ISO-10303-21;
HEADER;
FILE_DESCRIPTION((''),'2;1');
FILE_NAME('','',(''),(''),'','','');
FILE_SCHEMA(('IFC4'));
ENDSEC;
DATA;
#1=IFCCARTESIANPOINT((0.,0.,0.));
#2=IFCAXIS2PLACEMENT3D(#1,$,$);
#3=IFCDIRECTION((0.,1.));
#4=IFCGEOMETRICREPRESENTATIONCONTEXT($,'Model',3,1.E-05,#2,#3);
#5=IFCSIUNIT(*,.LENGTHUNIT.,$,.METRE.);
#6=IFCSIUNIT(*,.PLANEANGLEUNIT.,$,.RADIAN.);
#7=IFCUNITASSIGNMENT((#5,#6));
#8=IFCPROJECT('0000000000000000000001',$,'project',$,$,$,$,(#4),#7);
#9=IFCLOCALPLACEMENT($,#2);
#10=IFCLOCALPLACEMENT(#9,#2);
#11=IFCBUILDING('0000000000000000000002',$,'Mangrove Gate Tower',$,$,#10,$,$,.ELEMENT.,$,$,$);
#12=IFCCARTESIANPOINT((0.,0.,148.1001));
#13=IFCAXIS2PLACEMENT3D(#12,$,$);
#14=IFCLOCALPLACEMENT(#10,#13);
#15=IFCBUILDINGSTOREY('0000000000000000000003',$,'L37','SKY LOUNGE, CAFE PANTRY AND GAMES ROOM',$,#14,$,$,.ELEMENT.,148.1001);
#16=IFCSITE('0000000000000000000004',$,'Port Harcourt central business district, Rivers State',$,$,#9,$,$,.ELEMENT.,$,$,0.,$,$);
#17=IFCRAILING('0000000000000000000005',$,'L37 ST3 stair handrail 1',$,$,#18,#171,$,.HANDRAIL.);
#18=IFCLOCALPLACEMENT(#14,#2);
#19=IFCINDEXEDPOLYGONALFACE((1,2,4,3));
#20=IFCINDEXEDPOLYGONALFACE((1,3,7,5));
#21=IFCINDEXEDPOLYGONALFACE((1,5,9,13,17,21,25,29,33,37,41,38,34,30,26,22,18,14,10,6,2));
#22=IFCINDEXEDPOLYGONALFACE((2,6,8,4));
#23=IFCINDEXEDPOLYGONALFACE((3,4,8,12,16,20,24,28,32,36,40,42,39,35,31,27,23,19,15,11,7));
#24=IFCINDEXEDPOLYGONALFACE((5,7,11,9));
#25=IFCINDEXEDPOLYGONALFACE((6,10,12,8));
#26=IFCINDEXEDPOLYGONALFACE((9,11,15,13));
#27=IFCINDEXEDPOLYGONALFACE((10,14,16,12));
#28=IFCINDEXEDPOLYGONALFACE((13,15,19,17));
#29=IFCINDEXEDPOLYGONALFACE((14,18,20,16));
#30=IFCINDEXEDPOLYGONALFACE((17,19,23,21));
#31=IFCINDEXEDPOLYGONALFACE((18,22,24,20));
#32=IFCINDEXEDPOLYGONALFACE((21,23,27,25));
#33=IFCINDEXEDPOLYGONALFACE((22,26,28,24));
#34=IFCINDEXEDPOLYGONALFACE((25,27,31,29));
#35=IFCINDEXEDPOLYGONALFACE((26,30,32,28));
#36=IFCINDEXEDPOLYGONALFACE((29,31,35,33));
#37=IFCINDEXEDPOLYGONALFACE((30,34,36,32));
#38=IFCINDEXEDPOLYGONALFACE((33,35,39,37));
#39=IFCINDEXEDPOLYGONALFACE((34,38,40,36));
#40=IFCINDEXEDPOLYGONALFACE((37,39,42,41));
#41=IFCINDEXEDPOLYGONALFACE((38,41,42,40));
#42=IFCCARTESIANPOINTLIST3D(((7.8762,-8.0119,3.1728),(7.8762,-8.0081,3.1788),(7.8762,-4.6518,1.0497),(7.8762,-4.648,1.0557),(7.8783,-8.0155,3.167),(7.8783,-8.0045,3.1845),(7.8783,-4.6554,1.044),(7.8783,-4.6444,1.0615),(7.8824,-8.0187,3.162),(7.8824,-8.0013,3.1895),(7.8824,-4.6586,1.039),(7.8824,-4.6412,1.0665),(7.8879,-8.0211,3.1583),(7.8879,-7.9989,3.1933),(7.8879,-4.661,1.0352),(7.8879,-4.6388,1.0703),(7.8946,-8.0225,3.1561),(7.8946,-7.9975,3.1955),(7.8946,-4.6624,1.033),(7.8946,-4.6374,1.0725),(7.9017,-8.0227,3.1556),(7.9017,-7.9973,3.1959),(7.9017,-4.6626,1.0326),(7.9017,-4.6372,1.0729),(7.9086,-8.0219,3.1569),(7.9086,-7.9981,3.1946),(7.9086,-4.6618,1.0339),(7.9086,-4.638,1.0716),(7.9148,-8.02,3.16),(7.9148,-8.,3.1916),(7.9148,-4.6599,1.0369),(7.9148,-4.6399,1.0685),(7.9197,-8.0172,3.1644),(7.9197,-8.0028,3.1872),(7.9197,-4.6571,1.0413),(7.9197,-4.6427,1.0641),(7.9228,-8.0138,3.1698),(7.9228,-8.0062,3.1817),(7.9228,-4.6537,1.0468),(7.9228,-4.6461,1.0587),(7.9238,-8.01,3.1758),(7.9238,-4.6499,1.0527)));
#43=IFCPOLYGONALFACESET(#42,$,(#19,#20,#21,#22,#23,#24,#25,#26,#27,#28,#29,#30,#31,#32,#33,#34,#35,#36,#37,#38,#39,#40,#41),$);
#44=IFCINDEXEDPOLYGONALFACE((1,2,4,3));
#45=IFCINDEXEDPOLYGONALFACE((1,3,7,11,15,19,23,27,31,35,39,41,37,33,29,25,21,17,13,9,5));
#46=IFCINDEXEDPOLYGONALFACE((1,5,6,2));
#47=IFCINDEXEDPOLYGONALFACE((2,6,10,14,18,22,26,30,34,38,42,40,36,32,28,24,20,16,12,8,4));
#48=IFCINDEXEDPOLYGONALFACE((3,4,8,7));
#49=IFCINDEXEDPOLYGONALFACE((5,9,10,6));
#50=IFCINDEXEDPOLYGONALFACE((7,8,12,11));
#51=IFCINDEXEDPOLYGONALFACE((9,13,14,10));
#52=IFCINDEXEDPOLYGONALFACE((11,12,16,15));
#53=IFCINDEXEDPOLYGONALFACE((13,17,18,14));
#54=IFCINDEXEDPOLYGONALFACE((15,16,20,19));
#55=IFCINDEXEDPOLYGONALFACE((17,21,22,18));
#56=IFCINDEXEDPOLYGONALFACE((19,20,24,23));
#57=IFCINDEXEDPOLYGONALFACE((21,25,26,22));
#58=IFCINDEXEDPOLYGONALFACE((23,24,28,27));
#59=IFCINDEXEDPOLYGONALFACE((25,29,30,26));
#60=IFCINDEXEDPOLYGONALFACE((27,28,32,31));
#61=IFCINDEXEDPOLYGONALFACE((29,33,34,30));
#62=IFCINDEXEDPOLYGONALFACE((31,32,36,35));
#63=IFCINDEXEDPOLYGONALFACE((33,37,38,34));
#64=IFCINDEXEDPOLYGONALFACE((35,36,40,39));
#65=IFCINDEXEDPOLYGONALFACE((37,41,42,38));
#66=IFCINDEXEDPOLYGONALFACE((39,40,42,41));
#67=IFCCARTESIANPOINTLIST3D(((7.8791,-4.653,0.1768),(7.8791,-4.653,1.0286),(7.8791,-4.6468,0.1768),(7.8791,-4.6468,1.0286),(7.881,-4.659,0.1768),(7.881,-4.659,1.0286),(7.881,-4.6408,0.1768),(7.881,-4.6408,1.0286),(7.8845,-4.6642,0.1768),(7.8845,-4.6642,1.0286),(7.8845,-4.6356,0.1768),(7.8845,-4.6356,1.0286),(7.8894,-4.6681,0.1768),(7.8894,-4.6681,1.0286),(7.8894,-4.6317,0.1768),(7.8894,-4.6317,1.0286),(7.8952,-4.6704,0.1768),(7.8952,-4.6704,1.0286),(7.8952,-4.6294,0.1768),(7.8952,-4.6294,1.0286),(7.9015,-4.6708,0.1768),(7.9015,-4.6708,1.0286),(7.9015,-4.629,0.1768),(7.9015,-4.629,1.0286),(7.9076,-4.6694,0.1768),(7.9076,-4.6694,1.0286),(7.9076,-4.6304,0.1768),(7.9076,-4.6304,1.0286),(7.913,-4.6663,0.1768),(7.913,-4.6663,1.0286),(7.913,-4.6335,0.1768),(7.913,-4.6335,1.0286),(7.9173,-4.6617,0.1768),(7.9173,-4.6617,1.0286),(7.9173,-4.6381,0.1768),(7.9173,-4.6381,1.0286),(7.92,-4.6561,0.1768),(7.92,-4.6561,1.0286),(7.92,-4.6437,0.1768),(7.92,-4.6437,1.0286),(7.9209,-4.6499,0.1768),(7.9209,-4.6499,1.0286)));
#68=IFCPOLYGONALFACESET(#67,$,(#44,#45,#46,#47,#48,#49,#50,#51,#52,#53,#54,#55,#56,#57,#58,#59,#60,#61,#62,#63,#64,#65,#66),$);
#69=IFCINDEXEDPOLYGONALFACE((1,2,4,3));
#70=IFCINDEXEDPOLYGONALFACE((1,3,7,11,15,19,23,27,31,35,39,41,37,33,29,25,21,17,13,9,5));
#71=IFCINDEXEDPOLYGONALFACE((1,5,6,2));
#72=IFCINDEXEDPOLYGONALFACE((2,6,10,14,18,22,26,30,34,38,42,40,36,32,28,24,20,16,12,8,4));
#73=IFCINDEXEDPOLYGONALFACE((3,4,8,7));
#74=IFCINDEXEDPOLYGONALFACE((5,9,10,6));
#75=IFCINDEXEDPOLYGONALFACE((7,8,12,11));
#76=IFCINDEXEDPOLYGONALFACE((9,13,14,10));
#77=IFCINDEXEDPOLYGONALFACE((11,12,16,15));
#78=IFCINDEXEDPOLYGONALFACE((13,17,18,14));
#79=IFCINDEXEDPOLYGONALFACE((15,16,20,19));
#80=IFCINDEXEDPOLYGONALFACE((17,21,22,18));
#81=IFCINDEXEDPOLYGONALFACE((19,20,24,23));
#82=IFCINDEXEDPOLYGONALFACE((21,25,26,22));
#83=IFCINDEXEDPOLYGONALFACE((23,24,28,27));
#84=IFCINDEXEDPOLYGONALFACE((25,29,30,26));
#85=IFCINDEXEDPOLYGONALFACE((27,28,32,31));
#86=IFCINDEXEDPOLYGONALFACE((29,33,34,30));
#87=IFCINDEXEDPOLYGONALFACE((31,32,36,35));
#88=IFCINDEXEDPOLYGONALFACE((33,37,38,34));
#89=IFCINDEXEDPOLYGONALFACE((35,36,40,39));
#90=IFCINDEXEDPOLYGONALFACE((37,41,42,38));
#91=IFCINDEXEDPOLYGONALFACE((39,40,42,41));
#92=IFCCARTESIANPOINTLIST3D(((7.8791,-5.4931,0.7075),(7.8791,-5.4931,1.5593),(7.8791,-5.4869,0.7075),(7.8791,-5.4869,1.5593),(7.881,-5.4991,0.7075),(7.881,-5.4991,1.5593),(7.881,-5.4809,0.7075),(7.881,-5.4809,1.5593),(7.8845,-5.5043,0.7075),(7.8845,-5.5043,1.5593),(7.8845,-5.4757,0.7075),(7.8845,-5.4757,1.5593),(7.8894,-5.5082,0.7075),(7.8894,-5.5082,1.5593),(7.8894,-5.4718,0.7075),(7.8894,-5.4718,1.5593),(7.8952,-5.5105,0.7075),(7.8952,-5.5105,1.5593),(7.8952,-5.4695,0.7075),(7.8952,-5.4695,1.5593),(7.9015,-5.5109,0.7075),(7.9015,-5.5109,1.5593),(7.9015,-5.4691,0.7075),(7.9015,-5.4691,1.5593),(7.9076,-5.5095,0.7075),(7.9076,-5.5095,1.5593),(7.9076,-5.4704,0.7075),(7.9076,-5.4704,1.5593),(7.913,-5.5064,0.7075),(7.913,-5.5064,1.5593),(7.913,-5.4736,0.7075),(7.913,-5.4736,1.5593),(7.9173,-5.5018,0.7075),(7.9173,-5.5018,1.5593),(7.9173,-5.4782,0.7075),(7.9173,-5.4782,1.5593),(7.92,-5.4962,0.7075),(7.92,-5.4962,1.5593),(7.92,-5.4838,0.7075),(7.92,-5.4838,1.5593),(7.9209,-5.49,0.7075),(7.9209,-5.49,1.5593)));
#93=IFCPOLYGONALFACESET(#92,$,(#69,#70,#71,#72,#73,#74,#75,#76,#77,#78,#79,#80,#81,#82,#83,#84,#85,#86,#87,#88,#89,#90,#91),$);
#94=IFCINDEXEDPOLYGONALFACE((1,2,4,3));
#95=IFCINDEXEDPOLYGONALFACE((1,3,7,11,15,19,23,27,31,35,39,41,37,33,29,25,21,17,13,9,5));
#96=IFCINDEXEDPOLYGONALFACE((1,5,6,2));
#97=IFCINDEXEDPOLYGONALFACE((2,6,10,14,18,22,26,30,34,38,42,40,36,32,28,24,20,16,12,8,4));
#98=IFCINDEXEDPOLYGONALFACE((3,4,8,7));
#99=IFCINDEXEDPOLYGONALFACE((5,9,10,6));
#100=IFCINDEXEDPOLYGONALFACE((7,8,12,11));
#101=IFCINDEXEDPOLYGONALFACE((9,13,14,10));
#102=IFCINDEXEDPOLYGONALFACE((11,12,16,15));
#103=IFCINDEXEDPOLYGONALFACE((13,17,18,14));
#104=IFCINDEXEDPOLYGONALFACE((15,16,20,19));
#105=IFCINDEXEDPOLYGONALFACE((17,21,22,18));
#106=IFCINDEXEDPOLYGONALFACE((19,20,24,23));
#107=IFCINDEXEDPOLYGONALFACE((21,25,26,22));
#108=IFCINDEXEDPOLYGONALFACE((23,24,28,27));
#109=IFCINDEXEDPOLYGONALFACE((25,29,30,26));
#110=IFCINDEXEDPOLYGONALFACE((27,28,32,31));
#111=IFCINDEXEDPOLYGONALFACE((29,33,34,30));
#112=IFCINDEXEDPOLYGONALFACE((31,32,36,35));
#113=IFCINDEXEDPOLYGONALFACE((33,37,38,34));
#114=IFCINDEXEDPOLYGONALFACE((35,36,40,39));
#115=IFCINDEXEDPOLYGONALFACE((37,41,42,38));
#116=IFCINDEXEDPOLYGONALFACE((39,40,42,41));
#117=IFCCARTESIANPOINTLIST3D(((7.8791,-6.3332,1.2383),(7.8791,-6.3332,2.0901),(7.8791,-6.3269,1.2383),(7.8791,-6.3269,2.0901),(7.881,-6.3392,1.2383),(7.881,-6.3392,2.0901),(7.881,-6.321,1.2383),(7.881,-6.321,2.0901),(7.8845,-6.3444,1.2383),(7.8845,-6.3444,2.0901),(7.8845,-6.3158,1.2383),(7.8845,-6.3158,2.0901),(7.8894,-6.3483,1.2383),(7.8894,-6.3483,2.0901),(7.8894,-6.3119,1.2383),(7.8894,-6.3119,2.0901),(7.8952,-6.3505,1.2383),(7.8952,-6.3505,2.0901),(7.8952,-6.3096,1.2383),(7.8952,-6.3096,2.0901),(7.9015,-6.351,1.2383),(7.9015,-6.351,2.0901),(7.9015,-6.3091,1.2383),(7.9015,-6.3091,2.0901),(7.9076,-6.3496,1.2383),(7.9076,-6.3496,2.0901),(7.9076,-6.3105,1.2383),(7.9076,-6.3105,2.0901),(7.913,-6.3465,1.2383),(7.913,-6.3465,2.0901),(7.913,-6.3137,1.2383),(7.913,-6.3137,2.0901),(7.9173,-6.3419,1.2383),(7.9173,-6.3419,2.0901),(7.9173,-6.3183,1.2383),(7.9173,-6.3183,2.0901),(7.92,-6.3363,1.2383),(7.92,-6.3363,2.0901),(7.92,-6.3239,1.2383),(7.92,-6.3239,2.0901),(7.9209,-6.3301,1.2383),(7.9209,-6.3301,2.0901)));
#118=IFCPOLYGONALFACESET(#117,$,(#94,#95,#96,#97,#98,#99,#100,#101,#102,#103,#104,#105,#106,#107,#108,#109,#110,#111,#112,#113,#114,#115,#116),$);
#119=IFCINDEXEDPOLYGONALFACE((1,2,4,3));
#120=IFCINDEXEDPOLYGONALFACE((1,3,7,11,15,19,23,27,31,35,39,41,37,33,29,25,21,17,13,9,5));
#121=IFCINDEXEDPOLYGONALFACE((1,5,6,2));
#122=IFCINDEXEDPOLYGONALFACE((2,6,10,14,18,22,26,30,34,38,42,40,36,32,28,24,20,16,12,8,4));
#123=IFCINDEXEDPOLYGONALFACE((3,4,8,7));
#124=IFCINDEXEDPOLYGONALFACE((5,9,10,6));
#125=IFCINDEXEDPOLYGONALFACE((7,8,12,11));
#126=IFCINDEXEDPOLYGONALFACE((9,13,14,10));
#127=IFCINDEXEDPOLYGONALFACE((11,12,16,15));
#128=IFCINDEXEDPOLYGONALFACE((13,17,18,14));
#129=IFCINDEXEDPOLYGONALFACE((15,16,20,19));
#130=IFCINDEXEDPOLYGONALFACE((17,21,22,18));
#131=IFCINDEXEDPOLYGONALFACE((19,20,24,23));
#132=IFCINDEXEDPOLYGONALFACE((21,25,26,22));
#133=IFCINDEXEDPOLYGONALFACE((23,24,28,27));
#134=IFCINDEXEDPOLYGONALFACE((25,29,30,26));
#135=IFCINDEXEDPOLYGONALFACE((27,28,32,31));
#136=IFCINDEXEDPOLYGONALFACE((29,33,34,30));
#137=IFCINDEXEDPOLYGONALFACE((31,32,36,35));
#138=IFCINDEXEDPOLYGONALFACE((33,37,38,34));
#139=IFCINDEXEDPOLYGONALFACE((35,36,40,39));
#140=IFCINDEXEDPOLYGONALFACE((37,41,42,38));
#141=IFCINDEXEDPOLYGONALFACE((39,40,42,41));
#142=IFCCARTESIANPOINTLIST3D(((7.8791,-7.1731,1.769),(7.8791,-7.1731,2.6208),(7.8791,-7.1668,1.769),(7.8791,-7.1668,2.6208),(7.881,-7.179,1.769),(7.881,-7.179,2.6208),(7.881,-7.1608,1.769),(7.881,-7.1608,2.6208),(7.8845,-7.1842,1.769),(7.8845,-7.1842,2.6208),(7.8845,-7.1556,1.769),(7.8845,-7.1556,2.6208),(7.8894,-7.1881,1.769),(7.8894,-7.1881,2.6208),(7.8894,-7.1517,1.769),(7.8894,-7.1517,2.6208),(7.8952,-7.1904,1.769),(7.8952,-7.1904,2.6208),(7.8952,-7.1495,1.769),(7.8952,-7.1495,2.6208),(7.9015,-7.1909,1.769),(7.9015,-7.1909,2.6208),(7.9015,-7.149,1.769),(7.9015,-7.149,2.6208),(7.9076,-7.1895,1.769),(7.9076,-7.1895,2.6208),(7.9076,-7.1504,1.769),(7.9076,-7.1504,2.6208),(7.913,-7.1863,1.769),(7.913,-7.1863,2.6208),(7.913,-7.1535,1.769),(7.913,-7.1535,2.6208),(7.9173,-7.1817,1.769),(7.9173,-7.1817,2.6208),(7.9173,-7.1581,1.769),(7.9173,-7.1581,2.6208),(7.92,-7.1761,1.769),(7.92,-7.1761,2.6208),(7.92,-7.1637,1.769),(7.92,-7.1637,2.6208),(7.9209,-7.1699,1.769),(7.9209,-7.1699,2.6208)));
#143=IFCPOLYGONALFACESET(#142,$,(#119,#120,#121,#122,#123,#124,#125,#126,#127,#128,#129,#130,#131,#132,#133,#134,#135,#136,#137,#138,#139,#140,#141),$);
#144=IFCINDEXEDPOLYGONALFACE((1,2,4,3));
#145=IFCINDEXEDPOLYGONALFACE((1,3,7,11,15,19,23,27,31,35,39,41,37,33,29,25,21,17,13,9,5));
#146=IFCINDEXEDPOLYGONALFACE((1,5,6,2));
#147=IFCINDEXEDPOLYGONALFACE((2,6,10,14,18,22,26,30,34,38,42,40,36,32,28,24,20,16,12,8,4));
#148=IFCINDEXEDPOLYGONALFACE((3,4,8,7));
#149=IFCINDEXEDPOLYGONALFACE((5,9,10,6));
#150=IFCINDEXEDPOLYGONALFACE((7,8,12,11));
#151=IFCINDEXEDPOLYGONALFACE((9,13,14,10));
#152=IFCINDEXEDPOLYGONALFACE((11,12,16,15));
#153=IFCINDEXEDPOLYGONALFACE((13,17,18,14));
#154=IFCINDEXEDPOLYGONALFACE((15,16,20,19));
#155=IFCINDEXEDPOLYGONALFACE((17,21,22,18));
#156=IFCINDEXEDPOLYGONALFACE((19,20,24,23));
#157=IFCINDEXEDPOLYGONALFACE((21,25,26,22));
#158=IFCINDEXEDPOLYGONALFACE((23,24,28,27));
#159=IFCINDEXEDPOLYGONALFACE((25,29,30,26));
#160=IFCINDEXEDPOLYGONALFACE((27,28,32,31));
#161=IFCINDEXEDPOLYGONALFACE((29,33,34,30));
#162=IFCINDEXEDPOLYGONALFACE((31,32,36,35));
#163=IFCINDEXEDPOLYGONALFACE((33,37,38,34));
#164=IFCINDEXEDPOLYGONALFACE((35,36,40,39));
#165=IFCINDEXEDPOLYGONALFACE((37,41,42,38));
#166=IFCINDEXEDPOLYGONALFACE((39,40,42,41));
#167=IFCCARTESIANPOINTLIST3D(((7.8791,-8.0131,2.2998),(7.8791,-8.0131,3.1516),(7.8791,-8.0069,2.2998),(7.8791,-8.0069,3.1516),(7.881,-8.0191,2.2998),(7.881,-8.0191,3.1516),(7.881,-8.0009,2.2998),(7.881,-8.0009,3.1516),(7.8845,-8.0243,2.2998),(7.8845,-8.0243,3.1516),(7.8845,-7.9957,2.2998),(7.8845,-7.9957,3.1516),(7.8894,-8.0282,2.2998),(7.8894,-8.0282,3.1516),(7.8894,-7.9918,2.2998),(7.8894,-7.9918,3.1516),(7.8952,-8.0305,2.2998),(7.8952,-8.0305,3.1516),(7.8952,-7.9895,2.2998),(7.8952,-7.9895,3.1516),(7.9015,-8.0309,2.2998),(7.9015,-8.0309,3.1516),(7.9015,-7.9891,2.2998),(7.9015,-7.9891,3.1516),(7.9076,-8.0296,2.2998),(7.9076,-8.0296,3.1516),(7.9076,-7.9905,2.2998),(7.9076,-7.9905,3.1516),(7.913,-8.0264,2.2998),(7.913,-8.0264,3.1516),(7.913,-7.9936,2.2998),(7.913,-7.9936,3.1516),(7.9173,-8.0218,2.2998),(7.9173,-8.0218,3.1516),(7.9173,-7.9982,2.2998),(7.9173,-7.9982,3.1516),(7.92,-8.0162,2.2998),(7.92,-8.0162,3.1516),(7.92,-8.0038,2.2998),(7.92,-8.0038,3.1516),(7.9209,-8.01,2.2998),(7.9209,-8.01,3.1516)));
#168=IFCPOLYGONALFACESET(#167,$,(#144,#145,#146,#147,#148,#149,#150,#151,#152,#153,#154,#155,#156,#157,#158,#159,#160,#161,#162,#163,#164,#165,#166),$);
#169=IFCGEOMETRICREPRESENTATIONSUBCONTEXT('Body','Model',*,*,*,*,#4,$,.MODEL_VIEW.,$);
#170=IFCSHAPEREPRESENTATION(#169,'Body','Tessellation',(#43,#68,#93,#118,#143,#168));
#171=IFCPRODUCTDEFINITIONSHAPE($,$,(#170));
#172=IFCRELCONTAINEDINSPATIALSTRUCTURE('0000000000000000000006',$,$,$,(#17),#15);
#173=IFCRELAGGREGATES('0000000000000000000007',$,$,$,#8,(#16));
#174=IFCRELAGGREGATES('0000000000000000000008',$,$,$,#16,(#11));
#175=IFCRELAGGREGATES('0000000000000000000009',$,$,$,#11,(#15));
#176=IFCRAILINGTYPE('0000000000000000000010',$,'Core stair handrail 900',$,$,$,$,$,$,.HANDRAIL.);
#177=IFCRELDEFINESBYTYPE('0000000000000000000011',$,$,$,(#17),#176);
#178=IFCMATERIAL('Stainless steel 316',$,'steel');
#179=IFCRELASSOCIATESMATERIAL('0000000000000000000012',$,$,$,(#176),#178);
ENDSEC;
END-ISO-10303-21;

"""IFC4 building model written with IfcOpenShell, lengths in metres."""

from ifc_helpers import new_model, si_unit, direction, frame, origin, origin_2d, place, context, subcontext, project, spatial, circle, extrude, material, type_object, element, save


model = new_model("IFC4")

# Units and contexts
model_context = context("Model", 3, precision=1e-05, world=origin(), true_north=direction((0.0, 1.0)))
body_context = subcontext(model_context, "Body", "Model", "MODEL_VIEW")
ifc_project = project(units=[si_unit("LENGTHUNIT", "METRE"), si_unit("PLANEANGLEUNIT", "RADIAN")], contexts=[model_context])

# Site, building, storey
site_placement = place(None, origin())
site = spatial("IfcSite", under=ifc_project, at=site_placement, Name="Port Harcourt central business district, Rivers State", CompositionType="ELEMENT", RefElevation=0.0)
building_placement = place(site_placement, origin())
building = spatial("IfcBuilding", under=site, at=building_placement, Name="Mangrove Gate Tower", CompositionType="ELEMENT")
storey_placement = place(building_placement, frame((0.0, 0.0, 148.1001)))
storey = spatial("IfcBuildingStorey", under=building, at=storey_placement, Name="L37", Description="SKY LOUNGE, CAFE PANTRY AND GAMES ROOM", CompositionType="ELEMENT", Elevation=148.1001)

# Railing
ifc_material_1 = material(Name="Stainless steel 316", Category="steel")
railing_type_1 = type_object("IfcRailingType", Name="Core stair handrail 900", PredefinedType="HANDRAIL", material=ifc_material_1)
railing_1_placement = place(storey_placement, frame((7.8999, -4.6499, 0.1768)))
element("IfcRailing", 1, at=railing_1_placement, inside=storey, type_object=railing_type_1, Name="L37 ST3 stair handrail 1", PredefinedType="HANDRAIL", context=body_context, shape_type="SweptSolid", body=[
    extrude(circle(Radius=0.0239, at=origin_2d()), frame((0.0, 0.0, 0.876), z_axis=(0.0, -0.84539, 0.53415), x_axis=(1.0, 0.0, 0.0)), (0.0, 0.0, 1.0), 3.9746),
    extrude(circle(Radius=0.021, at=origin_2d()), origin(), (0.0, 0.0, 1.0), 0.8518),
    extrude(circle(Radius=0.021, at=origin_2d()), frame((0.0, -0.8401, 0.5308)), (0.0, 0.0, 1.0), 0.8518),
    extrude(circle(Radius=0.021, at=origin_2d()), frame((0.0, -1.6802, 1.0615)), (0.0, 0.0, 1.0), 0.8518),
    extrude(circle(Radius=0.021, at=origin_2d()), frame((0.0, -2.52, 1.5923)), (0.0, 0.0, 1.0), 0.8518),
    extrude(circle(Radius=0.021, at=origin_2d()), frame((0.0, -3.3601, 2.123)), (0.0, 0.0, 1.0), 0.8518),
])

save(model, "model.ifc")
